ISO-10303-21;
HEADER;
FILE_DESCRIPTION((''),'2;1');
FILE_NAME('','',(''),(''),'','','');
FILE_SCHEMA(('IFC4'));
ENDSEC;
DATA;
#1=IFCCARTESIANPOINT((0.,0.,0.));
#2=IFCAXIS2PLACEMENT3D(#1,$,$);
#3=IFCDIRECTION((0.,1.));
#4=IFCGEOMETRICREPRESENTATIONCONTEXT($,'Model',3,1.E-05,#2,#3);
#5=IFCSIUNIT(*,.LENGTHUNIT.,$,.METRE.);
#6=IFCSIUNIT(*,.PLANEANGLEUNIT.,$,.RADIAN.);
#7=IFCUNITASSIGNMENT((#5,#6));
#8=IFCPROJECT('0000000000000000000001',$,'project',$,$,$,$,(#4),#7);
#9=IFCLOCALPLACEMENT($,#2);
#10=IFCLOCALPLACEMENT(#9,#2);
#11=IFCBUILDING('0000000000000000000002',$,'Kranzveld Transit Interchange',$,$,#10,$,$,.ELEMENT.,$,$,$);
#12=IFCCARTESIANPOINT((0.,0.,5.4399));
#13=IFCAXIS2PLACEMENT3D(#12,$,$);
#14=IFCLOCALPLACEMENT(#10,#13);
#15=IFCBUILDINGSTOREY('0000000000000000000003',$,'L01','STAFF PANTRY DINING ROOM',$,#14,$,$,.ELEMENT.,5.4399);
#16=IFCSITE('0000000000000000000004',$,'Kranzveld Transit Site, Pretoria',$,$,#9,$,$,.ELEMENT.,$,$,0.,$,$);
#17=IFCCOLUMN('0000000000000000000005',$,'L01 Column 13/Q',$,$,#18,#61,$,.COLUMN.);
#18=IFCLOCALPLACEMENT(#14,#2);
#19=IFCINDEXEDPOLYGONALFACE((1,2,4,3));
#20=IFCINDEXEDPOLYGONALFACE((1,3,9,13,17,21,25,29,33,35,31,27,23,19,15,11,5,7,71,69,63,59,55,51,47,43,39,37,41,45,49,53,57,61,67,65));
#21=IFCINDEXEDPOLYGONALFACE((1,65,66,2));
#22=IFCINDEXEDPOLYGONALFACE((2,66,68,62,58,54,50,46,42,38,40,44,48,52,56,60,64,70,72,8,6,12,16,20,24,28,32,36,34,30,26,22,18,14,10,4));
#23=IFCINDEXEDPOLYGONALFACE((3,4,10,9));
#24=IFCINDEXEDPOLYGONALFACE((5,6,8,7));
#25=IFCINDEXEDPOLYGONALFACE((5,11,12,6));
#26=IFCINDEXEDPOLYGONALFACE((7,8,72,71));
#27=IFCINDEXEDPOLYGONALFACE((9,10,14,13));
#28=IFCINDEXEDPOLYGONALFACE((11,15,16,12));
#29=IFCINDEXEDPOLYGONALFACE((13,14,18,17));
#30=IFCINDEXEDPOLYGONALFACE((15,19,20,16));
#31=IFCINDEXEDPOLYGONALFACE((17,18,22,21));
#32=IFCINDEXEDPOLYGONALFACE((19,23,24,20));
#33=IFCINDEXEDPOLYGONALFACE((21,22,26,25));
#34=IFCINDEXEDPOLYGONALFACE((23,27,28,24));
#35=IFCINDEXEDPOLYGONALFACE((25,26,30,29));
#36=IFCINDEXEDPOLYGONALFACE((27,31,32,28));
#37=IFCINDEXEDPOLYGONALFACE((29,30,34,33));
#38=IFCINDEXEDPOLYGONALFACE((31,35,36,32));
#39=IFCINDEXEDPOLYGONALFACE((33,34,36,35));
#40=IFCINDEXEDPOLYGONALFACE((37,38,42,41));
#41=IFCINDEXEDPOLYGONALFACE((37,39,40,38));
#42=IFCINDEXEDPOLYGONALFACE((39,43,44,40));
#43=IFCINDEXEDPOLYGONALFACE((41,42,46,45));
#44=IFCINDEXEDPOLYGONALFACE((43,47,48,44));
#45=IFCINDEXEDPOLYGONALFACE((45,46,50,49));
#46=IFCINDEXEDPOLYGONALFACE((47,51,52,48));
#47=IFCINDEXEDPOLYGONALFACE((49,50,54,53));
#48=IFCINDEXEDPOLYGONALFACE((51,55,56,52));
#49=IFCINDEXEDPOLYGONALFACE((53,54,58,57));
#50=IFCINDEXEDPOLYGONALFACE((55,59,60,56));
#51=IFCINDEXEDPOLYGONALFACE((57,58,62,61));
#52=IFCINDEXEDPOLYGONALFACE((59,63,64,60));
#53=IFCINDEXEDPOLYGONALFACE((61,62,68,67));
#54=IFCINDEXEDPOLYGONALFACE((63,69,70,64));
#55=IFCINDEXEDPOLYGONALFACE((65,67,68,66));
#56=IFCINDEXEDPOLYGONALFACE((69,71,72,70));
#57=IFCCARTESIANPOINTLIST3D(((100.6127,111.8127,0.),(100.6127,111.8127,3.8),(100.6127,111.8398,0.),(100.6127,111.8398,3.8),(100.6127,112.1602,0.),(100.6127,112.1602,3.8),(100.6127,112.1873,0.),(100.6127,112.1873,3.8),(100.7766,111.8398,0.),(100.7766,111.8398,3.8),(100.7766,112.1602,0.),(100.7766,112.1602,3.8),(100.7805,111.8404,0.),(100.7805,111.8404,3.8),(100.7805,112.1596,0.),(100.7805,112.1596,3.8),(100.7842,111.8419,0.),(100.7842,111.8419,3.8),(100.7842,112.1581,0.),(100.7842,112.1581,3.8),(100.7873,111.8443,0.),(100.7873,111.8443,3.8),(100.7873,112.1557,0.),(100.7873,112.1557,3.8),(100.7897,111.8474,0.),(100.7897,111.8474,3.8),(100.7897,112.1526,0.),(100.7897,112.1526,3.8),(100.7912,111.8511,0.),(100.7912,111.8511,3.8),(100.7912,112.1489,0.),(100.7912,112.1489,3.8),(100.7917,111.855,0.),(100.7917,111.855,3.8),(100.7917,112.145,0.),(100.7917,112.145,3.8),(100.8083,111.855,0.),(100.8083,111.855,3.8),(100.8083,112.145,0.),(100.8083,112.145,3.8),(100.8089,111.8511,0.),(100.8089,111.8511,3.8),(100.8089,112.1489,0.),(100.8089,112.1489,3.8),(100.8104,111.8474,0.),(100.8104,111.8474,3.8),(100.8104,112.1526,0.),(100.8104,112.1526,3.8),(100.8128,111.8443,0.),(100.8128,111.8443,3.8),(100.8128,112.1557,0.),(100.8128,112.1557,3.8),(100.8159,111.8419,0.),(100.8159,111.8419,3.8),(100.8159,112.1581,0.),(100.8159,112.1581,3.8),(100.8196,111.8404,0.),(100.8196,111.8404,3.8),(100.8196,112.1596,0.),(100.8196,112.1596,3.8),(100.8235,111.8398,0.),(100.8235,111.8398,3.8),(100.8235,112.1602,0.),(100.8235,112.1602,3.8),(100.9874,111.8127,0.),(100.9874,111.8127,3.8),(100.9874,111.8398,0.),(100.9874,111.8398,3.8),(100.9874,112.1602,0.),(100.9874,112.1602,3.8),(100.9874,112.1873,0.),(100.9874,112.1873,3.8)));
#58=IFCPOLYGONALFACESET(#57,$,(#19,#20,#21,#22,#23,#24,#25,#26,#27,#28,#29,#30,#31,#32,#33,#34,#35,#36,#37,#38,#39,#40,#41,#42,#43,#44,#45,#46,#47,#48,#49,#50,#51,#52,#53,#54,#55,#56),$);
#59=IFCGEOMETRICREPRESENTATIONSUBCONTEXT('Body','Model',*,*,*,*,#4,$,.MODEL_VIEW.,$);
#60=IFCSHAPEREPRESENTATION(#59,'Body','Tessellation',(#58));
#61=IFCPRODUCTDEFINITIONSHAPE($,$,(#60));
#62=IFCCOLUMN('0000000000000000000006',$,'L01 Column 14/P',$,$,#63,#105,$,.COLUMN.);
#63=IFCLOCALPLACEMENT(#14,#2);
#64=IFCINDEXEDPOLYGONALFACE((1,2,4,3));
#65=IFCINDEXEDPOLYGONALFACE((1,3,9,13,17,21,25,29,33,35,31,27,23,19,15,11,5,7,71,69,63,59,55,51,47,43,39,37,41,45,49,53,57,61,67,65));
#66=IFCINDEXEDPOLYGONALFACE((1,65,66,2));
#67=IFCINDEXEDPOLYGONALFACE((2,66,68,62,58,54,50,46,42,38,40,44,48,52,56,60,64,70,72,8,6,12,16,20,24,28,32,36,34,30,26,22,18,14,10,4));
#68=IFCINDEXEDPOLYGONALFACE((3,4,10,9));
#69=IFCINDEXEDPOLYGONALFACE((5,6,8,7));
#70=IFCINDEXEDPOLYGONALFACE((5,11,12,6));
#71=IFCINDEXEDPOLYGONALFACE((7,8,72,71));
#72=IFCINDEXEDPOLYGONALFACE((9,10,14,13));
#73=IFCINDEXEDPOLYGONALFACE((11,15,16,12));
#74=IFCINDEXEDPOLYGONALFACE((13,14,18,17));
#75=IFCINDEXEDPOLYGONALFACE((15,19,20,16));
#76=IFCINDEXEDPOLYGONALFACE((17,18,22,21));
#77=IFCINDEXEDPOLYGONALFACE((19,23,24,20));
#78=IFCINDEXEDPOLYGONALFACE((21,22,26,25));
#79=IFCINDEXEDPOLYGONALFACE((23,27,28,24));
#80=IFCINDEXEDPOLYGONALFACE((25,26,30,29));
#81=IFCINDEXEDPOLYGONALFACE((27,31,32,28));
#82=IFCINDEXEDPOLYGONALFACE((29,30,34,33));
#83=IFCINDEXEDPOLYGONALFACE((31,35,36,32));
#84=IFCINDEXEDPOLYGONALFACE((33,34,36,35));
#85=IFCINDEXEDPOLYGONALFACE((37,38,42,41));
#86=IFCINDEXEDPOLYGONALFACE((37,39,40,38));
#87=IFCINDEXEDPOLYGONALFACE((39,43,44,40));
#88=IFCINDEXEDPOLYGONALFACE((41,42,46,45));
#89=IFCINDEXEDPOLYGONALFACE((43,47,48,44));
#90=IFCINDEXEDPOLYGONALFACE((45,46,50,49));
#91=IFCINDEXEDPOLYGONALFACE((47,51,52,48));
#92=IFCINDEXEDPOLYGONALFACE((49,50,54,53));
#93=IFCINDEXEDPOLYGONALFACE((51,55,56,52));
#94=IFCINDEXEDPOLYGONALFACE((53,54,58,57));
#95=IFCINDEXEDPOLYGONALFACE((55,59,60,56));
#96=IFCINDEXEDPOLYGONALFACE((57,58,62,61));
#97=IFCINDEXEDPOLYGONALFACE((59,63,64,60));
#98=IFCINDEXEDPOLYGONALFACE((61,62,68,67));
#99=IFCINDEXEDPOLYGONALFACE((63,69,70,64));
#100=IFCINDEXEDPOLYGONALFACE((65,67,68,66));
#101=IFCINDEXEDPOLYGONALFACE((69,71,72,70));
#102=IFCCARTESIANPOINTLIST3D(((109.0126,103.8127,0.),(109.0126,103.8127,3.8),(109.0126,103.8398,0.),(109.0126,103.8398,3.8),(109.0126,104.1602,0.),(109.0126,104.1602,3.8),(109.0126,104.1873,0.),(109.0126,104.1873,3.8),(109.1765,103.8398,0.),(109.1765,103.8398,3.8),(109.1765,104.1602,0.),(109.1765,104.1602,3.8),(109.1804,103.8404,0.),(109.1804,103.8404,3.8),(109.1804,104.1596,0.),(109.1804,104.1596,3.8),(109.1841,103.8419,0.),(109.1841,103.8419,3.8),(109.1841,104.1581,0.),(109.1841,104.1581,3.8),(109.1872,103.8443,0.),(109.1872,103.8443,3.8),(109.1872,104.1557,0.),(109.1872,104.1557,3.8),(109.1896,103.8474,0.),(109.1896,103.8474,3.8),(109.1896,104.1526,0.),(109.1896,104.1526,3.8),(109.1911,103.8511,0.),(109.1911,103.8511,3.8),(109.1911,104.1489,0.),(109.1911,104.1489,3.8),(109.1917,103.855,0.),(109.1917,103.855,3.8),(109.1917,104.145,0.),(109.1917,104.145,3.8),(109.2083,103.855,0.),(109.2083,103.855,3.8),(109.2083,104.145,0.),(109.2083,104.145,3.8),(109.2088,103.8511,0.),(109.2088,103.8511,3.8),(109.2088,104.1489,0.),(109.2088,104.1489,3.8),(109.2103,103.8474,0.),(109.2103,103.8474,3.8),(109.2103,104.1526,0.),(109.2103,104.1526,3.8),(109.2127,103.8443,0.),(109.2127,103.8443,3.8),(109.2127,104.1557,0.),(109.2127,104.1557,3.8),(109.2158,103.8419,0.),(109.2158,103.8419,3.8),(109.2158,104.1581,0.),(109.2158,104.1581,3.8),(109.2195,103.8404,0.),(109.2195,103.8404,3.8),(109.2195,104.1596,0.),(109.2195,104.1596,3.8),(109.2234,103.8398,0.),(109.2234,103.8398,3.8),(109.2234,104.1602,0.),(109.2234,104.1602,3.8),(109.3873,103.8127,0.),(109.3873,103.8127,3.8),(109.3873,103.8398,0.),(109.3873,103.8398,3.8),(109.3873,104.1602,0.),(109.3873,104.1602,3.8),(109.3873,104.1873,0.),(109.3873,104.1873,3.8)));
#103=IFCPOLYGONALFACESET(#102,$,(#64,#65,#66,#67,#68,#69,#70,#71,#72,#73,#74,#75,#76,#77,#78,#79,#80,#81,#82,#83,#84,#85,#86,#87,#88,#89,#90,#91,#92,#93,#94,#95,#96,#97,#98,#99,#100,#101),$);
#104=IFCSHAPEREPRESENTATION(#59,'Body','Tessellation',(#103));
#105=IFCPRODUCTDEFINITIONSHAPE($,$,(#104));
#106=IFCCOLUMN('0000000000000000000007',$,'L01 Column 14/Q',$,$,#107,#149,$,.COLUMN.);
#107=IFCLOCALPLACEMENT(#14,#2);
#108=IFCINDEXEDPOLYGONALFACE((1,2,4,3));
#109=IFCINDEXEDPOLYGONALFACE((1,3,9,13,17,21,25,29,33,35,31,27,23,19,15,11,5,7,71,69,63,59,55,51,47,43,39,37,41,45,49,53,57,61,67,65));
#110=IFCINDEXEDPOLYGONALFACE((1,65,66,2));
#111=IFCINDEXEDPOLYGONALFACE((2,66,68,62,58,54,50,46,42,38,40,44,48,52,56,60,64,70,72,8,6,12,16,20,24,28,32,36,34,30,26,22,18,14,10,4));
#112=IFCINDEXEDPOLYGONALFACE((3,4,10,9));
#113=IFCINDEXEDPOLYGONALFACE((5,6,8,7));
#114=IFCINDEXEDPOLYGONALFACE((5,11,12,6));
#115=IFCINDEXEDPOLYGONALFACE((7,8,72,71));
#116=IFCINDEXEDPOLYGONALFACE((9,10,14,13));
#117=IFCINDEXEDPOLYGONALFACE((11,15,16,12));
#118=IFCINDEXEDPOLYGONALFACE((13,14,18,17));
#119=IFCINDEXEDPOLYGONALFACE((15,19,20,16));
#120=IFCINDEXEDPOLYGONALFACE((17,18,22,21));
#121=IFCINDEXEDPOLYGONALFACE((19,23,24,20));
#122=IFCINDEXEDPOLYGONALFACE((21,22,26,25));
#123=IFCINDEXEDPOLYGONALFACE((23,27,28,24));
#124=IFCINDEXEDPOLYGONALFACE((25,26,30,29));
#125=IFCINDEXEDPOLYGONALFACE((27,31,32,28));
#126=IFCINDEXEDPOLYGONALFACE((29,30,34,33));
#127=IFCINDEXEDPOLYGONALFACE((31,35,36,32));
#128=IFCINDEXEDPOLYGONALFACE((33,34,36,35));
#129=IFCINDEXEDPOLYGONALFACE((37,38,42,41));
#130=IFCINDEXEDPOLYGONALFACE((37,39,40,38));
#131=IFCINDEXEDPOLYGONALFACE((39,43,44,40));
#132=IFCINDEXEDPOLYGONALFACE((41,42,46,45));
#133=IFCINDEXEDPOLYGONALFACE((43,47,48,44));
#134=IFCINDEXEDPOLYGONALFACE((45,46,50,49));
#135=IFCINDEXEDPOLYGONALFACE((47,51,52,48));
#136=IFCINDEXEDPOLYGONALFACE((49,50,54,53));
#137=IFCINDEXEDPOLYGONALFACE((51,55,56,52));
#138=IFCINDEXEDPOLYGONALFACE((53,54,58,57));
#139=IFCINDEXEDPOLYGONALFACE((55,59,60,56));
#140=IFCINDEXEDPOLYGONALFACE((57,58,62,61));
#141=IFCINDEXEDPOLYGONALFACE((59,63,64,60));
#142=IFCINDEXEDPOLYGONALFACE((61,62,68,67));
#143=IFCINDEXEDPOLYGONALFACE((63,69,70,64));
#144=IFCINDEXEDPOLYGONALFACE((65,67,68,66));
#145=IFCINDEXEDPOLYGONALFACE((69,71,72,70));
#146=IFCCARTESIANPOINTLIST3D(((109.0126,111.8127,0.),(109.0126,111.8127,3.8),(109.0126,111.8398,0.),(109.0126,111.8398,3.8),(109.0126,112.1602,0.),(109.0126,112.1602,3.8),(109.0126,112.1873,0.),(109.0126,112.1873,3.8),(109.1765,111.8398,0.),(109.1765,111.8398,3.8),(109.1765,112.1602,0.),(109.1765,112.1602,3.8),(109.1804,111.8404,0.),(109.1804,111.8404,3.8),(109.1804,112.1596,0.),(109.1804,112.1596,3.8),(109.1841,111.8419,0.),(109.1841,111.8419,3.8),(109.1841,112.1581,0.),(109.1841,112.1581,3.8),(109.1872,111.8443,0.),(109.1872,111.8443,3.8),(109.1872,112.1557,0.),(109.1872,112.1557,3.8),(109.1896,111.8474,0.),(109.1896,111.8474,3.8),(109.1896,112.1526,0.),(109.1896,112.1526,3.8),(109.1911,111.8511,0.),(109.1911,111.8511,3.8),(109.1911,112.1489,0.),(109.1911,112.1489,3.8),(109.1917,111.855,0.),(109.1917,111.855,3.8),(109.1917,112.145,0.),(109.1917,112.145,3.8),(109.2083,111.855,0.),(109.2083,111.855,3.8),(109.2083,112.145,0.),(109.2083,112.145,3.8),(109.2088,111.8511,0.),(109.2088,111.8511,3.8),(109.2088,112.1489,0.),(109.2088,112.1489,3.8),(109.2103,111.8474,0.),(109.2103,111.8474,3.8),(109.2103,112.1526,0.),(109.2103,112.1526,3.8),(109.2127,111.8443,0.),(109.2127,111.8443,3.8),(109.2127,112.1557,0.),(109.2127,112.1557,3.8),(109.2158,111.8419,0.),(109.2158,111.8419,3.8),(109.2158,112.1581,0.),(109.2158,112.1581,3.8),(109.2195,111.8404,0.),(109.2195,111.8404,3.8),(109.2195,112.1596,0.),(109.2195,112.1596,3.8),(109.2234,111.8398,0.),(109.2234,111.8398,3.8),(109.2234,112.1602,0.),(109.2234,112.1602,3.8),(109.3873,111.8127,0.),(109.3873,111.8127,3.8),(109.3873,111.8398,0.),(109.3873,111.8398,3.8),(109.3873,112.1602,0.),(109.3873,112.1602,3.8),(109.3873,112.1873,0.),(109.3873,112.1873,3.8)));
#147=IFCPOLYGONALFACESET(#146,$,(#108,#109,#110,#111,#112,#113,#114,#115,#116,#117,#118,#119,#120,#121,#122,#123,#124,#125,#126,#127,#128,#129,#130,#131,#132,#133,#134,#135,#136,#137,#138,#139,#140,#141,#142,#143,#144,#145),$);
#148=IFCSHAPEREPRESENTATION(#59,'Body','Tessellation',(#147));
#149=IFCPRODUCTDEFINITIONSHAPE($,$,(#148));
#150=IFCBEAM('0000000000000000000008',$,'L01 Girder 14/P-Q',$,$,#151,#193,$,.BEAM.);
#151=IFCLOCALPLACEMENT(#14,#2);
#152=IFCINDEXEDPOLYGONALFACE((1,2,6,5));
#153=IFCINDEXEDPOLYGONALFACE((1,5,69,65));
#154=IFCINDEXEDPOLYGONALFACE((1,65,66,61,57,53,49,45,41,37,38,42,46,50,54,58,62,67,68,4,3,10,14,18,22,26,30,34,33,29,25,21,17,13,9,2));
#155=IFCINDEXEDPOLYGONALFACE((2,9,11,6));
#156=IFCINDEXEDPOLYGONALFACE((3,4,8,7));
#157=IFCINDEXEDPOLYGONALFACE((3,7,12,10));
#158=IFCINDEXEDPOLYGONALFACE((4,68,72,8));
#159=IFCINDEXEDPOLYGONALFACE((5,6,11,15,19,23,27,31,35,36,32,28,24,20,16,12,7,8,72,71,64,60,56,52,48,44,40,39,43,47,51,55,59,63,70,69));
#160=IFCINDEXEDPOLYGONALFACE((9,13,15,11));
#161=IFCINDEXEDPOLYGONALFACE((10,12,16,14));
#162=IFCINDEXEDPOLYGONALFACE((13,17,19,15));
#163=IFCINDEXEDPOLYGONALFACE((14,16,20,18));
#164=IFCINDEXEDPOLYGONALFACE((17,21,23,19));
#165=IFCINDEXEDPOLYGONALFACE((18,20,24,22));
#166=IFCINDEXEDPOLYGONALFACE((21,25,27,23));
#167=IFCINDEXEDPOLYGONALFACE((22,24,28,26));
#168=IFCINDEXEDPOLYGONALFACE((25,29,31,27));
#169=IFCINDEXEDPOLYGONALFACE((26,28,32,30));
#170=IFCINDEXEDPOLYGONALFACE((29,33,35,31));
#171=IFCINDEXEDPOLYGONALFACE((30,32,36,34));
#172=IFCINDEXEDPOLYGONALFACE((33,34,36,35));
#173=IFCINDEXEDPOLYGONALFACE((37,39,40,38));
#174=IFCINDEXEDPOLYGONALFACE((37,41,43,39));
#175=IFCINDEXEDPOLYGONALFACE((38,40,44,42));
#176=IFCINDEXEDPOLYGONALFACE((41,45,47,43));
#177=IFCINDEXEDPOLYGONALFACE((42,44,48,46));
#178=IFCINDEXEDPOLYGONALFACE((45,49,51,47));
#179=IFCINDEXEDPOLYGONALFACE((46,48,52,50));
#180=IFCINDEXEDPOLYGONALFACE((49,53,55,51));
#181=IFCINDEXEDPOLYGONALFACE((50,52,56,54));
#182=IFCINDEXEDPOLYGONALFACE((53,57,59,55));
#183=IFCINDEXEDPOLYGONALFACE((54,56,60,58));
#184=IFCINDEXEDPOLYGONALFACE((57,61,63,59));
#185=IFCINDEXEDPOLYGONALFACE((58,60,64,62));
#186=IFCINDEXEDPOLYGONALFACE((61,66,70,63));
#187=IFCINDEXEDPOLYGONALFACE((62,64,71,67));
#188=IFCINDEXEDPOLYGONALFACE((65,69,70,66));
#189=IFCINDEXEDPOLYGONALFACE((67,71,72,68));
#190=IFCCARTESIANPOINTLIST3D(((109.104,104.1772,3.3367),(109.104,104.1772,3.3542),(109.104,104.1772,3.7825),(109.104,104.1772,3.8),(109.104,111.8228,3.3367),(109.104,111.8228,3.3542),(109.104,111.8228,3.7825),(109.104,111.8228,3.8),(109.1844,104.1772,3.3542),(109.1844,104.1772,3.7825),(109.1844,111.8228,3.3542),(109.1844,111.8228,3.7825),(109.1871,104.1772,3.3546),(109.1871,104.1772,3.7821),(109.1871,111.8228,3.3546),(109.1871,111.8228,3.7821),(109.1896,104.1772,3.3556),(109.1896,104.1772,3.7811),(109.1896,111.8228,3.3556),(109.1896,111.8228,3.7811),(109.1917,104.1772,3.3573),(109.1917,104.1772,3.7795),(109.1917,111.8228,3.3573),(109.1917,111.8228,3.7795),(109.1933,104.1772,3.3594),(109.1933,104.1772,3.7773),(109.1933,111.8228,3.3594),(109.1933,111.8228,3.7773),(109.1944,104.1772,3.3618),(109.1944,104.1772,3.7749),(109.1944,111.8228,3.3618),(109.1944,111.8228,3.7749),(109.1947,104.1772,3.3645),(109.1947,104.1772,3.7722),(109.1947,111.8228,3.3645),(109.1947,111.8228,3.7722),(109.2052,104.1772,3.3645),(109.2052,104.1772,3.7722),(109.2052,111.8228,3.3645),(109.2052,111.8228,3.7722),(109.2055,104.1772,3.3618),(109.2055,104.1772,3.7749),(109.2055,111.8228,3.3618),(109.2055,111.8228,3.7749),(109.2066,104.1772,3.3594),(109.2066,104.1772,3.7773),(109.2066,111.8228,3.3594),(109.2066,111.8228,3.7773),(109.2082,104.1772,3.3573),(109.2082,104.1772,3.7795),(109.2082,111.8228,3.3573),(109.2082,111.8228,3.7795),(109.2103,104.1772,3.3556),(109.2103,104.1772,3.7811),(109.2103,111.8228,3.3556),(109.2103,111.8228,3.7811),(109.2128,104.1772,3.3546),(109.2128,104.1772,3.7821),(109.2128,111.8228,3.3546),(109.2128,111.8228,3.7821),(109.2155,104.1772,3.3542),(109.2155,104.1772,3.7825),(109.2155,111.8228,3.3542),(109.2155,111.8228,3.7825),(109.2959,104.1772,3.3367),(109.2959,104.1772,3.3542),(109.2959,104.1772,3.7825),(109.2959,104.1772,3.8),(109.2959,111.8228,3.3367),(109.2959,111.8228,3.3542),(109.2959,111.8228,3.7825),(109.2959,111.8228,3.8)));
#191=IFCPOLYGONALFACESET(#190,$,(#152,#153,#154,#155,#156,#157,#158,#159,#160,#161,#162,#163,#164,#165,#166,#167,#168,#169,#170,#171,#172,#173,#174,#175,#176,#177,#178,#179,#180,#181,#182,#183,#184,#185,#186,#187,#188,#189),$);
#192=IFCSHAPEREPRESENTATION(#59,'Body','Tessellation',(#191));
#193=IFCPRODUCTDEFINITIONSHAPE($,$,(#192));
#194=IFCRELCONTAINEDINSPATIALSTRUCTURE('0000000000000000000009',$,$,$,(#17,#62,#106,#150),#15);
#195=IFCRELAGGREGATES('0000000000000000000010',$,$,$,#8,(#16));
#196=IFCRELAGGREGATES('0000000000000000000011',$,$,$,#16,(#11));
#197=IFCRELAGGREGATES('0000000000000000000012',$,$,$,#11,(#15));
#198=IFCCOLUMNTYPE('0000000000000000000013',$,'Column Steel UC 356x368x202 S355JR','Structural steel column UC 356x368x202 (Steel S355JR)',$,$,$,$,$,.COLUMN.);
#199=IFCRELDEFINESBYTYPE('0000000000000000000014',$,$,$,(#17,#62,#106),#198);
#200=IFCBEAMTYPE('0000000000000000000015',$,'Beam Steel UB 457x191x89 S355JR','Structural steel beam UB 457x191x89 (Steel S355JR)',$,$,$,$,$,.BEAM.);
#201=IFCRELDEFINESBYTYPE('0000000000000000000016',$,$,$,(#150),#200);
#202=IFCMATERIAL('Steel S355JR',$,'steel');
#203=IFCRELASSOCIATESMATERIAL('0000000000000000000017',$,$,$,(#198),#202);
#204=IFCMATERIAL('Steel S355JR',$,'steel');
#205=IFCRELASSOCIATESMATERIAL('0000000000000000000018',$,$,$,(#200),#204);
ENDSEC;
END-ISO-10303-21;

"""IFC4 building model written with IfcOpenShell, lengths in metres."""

from ifc_helpers import new_model, si_unit, direction, frame, origin, origin_2d, place, context, subcontext, project, spatial, i_section, extrude, material, material_profile, profile_set, type_object, element, save


model = new_model("IFC4")

# Units and contexts
model_context = context("Model", 3, precision=1e-05, world=origin(), true_north=direction((0.0, 1.0)))
body_context = subcontext(model_context, "Body", "Model", "MODEL_VIEW")
ifc_project = project(units=[si_unit("LENGTHUNIT", "METRE"), si_unit("PLANEANGLEUNIT", "RADIAN")], contexts=[model_context])

# Site, building, storey
site_placement = place(None, origin())
site = spatial("IfcSite", under=ifc_project, at=site_placement, Name="Kranzveld Transit Site, Pretoria", CompositionType="ELEMENT", RefElevation=0.0)
building_placement = place(site_placement, origin())
building = spatial("IfcBuilding", under=site, at=building_placement, Name="Kranzveld Transit Interchange", CompositionType="ELEMENT")
storey_placement = place(building_placement, frame((0.0, 0.0, 5.4399)))
storey = spatial("IfcBuildingStorey", under=building, at=storey_placement, Name="L01", Description="STAFF PANTRY DINING ROOM", CompositionType="ELEMENT", Elevation=5.4399)

# Columns
ifc_material_1 = material(Name="Steel S355JR", Category="steel")
ifc_material_profile_1 = material_profile(ifc_material_1, i_section(OverallWidth=0.3748, OverallDepth=0.3745, WebThickness=0.0166, FlangeThickness=0.0271, FilletRadius=0.0151, at=origin_2d()), Name="UC 356x368x202")
ifc_profile_set_1 = profile_set([ifc_material_profile_1], Name="Steel S355JR")
column_type = type_object("IfcColumnType", Name="Column Steel UC 356x368x202 S355JR", Description="Structural steel column UC 356x368x202 (Steel S355JR)", PredefinedType="COLUMN", material=ifc_profile_set_1)
for number, where, z_axis, x_axis, name in (
    (1, (100.8, 112.0, 0.0), (0.0, 0.0, 1.0), (1.0, 0.0, 0.0), "L01 Column 13/Q"),
    (2, (109.2, 104.0, 0.0), (0.0, 0.0, 1.0), (1.0, 0.0, 0.0), "L01 Column 14/P"),
    (3, (109.2, 112.0, 0.0), (0.0, 0.0, 1.0), (1.0, 0.0, 0.0), "L01 Column 14/Q"),
):
    element("IfcColumn", number, at=place(storey_placement, frame(where, z_axis=z_axis, x_axis=x_axis)), inside=storey, type_object=column_type, Name=name, PredefinedType="COLUMN", context=body_context, shape_type="SweptSolid", body=[
        extrude(i_section(OverallWidth=0.3748, OverallDepth=0.3745, WebThickness=0.0166, FlangeThickness=0.0271, FilletRadius=0.0151, at=origin_2d()), origin(), (0.0, 0.0, 1.0), 3.8),
    ])

# Beam
ifc_material_2 = material(Name="Steel S355JR", Category="steel")
ifc_material_profile_2 = material_profile(ifc_material_2, i_section(OverallWidth=0.1919, OverallDepth=0.4634, WebThickness=0.0105, FlangeThickness=0.0176, FilletRadius=0.0103, at=origin_2d()), Name="UB 457x191x89")
ifc_profile_set_2 = profile_set([ifc_material_profile_2], Name="Steel S355JR")
beam_type_1 = type_object("IfcBeamType", Name="Beam Steel UB 457x191x89 S355JR", Description="Structural steel beam UB 457x191x89 (Steel S355JR)", PredefinedType="BEAM", material=ifc_profile_set_2)
beam_1_placement = place(storey_placement, frame((109.2, 104.1772, 3.5684), z_axis=(0.0, 1.0, 0.0), x_axis=(-1.0, 0.0, 0.0)))
element("IfcBeam", 4, at=beam_1_placement, inside=storey, type_object=beam_type_1, Name="L01 Girder 14/P-Q", PredefinedType="BEAM", context=body_context, shape_type="SweptSolid", body=[
    extrude(i_section(OverallWidth=0.1919, OverallDepth=0.4634, WebThickness=0.0105, FlangeThickness=0.0176, FilletRadius=0.0103, at=origin_2d()), origin(), (0.0, 0.0, 1.0), 7.6455),
])

save(model, "model.ifc")
